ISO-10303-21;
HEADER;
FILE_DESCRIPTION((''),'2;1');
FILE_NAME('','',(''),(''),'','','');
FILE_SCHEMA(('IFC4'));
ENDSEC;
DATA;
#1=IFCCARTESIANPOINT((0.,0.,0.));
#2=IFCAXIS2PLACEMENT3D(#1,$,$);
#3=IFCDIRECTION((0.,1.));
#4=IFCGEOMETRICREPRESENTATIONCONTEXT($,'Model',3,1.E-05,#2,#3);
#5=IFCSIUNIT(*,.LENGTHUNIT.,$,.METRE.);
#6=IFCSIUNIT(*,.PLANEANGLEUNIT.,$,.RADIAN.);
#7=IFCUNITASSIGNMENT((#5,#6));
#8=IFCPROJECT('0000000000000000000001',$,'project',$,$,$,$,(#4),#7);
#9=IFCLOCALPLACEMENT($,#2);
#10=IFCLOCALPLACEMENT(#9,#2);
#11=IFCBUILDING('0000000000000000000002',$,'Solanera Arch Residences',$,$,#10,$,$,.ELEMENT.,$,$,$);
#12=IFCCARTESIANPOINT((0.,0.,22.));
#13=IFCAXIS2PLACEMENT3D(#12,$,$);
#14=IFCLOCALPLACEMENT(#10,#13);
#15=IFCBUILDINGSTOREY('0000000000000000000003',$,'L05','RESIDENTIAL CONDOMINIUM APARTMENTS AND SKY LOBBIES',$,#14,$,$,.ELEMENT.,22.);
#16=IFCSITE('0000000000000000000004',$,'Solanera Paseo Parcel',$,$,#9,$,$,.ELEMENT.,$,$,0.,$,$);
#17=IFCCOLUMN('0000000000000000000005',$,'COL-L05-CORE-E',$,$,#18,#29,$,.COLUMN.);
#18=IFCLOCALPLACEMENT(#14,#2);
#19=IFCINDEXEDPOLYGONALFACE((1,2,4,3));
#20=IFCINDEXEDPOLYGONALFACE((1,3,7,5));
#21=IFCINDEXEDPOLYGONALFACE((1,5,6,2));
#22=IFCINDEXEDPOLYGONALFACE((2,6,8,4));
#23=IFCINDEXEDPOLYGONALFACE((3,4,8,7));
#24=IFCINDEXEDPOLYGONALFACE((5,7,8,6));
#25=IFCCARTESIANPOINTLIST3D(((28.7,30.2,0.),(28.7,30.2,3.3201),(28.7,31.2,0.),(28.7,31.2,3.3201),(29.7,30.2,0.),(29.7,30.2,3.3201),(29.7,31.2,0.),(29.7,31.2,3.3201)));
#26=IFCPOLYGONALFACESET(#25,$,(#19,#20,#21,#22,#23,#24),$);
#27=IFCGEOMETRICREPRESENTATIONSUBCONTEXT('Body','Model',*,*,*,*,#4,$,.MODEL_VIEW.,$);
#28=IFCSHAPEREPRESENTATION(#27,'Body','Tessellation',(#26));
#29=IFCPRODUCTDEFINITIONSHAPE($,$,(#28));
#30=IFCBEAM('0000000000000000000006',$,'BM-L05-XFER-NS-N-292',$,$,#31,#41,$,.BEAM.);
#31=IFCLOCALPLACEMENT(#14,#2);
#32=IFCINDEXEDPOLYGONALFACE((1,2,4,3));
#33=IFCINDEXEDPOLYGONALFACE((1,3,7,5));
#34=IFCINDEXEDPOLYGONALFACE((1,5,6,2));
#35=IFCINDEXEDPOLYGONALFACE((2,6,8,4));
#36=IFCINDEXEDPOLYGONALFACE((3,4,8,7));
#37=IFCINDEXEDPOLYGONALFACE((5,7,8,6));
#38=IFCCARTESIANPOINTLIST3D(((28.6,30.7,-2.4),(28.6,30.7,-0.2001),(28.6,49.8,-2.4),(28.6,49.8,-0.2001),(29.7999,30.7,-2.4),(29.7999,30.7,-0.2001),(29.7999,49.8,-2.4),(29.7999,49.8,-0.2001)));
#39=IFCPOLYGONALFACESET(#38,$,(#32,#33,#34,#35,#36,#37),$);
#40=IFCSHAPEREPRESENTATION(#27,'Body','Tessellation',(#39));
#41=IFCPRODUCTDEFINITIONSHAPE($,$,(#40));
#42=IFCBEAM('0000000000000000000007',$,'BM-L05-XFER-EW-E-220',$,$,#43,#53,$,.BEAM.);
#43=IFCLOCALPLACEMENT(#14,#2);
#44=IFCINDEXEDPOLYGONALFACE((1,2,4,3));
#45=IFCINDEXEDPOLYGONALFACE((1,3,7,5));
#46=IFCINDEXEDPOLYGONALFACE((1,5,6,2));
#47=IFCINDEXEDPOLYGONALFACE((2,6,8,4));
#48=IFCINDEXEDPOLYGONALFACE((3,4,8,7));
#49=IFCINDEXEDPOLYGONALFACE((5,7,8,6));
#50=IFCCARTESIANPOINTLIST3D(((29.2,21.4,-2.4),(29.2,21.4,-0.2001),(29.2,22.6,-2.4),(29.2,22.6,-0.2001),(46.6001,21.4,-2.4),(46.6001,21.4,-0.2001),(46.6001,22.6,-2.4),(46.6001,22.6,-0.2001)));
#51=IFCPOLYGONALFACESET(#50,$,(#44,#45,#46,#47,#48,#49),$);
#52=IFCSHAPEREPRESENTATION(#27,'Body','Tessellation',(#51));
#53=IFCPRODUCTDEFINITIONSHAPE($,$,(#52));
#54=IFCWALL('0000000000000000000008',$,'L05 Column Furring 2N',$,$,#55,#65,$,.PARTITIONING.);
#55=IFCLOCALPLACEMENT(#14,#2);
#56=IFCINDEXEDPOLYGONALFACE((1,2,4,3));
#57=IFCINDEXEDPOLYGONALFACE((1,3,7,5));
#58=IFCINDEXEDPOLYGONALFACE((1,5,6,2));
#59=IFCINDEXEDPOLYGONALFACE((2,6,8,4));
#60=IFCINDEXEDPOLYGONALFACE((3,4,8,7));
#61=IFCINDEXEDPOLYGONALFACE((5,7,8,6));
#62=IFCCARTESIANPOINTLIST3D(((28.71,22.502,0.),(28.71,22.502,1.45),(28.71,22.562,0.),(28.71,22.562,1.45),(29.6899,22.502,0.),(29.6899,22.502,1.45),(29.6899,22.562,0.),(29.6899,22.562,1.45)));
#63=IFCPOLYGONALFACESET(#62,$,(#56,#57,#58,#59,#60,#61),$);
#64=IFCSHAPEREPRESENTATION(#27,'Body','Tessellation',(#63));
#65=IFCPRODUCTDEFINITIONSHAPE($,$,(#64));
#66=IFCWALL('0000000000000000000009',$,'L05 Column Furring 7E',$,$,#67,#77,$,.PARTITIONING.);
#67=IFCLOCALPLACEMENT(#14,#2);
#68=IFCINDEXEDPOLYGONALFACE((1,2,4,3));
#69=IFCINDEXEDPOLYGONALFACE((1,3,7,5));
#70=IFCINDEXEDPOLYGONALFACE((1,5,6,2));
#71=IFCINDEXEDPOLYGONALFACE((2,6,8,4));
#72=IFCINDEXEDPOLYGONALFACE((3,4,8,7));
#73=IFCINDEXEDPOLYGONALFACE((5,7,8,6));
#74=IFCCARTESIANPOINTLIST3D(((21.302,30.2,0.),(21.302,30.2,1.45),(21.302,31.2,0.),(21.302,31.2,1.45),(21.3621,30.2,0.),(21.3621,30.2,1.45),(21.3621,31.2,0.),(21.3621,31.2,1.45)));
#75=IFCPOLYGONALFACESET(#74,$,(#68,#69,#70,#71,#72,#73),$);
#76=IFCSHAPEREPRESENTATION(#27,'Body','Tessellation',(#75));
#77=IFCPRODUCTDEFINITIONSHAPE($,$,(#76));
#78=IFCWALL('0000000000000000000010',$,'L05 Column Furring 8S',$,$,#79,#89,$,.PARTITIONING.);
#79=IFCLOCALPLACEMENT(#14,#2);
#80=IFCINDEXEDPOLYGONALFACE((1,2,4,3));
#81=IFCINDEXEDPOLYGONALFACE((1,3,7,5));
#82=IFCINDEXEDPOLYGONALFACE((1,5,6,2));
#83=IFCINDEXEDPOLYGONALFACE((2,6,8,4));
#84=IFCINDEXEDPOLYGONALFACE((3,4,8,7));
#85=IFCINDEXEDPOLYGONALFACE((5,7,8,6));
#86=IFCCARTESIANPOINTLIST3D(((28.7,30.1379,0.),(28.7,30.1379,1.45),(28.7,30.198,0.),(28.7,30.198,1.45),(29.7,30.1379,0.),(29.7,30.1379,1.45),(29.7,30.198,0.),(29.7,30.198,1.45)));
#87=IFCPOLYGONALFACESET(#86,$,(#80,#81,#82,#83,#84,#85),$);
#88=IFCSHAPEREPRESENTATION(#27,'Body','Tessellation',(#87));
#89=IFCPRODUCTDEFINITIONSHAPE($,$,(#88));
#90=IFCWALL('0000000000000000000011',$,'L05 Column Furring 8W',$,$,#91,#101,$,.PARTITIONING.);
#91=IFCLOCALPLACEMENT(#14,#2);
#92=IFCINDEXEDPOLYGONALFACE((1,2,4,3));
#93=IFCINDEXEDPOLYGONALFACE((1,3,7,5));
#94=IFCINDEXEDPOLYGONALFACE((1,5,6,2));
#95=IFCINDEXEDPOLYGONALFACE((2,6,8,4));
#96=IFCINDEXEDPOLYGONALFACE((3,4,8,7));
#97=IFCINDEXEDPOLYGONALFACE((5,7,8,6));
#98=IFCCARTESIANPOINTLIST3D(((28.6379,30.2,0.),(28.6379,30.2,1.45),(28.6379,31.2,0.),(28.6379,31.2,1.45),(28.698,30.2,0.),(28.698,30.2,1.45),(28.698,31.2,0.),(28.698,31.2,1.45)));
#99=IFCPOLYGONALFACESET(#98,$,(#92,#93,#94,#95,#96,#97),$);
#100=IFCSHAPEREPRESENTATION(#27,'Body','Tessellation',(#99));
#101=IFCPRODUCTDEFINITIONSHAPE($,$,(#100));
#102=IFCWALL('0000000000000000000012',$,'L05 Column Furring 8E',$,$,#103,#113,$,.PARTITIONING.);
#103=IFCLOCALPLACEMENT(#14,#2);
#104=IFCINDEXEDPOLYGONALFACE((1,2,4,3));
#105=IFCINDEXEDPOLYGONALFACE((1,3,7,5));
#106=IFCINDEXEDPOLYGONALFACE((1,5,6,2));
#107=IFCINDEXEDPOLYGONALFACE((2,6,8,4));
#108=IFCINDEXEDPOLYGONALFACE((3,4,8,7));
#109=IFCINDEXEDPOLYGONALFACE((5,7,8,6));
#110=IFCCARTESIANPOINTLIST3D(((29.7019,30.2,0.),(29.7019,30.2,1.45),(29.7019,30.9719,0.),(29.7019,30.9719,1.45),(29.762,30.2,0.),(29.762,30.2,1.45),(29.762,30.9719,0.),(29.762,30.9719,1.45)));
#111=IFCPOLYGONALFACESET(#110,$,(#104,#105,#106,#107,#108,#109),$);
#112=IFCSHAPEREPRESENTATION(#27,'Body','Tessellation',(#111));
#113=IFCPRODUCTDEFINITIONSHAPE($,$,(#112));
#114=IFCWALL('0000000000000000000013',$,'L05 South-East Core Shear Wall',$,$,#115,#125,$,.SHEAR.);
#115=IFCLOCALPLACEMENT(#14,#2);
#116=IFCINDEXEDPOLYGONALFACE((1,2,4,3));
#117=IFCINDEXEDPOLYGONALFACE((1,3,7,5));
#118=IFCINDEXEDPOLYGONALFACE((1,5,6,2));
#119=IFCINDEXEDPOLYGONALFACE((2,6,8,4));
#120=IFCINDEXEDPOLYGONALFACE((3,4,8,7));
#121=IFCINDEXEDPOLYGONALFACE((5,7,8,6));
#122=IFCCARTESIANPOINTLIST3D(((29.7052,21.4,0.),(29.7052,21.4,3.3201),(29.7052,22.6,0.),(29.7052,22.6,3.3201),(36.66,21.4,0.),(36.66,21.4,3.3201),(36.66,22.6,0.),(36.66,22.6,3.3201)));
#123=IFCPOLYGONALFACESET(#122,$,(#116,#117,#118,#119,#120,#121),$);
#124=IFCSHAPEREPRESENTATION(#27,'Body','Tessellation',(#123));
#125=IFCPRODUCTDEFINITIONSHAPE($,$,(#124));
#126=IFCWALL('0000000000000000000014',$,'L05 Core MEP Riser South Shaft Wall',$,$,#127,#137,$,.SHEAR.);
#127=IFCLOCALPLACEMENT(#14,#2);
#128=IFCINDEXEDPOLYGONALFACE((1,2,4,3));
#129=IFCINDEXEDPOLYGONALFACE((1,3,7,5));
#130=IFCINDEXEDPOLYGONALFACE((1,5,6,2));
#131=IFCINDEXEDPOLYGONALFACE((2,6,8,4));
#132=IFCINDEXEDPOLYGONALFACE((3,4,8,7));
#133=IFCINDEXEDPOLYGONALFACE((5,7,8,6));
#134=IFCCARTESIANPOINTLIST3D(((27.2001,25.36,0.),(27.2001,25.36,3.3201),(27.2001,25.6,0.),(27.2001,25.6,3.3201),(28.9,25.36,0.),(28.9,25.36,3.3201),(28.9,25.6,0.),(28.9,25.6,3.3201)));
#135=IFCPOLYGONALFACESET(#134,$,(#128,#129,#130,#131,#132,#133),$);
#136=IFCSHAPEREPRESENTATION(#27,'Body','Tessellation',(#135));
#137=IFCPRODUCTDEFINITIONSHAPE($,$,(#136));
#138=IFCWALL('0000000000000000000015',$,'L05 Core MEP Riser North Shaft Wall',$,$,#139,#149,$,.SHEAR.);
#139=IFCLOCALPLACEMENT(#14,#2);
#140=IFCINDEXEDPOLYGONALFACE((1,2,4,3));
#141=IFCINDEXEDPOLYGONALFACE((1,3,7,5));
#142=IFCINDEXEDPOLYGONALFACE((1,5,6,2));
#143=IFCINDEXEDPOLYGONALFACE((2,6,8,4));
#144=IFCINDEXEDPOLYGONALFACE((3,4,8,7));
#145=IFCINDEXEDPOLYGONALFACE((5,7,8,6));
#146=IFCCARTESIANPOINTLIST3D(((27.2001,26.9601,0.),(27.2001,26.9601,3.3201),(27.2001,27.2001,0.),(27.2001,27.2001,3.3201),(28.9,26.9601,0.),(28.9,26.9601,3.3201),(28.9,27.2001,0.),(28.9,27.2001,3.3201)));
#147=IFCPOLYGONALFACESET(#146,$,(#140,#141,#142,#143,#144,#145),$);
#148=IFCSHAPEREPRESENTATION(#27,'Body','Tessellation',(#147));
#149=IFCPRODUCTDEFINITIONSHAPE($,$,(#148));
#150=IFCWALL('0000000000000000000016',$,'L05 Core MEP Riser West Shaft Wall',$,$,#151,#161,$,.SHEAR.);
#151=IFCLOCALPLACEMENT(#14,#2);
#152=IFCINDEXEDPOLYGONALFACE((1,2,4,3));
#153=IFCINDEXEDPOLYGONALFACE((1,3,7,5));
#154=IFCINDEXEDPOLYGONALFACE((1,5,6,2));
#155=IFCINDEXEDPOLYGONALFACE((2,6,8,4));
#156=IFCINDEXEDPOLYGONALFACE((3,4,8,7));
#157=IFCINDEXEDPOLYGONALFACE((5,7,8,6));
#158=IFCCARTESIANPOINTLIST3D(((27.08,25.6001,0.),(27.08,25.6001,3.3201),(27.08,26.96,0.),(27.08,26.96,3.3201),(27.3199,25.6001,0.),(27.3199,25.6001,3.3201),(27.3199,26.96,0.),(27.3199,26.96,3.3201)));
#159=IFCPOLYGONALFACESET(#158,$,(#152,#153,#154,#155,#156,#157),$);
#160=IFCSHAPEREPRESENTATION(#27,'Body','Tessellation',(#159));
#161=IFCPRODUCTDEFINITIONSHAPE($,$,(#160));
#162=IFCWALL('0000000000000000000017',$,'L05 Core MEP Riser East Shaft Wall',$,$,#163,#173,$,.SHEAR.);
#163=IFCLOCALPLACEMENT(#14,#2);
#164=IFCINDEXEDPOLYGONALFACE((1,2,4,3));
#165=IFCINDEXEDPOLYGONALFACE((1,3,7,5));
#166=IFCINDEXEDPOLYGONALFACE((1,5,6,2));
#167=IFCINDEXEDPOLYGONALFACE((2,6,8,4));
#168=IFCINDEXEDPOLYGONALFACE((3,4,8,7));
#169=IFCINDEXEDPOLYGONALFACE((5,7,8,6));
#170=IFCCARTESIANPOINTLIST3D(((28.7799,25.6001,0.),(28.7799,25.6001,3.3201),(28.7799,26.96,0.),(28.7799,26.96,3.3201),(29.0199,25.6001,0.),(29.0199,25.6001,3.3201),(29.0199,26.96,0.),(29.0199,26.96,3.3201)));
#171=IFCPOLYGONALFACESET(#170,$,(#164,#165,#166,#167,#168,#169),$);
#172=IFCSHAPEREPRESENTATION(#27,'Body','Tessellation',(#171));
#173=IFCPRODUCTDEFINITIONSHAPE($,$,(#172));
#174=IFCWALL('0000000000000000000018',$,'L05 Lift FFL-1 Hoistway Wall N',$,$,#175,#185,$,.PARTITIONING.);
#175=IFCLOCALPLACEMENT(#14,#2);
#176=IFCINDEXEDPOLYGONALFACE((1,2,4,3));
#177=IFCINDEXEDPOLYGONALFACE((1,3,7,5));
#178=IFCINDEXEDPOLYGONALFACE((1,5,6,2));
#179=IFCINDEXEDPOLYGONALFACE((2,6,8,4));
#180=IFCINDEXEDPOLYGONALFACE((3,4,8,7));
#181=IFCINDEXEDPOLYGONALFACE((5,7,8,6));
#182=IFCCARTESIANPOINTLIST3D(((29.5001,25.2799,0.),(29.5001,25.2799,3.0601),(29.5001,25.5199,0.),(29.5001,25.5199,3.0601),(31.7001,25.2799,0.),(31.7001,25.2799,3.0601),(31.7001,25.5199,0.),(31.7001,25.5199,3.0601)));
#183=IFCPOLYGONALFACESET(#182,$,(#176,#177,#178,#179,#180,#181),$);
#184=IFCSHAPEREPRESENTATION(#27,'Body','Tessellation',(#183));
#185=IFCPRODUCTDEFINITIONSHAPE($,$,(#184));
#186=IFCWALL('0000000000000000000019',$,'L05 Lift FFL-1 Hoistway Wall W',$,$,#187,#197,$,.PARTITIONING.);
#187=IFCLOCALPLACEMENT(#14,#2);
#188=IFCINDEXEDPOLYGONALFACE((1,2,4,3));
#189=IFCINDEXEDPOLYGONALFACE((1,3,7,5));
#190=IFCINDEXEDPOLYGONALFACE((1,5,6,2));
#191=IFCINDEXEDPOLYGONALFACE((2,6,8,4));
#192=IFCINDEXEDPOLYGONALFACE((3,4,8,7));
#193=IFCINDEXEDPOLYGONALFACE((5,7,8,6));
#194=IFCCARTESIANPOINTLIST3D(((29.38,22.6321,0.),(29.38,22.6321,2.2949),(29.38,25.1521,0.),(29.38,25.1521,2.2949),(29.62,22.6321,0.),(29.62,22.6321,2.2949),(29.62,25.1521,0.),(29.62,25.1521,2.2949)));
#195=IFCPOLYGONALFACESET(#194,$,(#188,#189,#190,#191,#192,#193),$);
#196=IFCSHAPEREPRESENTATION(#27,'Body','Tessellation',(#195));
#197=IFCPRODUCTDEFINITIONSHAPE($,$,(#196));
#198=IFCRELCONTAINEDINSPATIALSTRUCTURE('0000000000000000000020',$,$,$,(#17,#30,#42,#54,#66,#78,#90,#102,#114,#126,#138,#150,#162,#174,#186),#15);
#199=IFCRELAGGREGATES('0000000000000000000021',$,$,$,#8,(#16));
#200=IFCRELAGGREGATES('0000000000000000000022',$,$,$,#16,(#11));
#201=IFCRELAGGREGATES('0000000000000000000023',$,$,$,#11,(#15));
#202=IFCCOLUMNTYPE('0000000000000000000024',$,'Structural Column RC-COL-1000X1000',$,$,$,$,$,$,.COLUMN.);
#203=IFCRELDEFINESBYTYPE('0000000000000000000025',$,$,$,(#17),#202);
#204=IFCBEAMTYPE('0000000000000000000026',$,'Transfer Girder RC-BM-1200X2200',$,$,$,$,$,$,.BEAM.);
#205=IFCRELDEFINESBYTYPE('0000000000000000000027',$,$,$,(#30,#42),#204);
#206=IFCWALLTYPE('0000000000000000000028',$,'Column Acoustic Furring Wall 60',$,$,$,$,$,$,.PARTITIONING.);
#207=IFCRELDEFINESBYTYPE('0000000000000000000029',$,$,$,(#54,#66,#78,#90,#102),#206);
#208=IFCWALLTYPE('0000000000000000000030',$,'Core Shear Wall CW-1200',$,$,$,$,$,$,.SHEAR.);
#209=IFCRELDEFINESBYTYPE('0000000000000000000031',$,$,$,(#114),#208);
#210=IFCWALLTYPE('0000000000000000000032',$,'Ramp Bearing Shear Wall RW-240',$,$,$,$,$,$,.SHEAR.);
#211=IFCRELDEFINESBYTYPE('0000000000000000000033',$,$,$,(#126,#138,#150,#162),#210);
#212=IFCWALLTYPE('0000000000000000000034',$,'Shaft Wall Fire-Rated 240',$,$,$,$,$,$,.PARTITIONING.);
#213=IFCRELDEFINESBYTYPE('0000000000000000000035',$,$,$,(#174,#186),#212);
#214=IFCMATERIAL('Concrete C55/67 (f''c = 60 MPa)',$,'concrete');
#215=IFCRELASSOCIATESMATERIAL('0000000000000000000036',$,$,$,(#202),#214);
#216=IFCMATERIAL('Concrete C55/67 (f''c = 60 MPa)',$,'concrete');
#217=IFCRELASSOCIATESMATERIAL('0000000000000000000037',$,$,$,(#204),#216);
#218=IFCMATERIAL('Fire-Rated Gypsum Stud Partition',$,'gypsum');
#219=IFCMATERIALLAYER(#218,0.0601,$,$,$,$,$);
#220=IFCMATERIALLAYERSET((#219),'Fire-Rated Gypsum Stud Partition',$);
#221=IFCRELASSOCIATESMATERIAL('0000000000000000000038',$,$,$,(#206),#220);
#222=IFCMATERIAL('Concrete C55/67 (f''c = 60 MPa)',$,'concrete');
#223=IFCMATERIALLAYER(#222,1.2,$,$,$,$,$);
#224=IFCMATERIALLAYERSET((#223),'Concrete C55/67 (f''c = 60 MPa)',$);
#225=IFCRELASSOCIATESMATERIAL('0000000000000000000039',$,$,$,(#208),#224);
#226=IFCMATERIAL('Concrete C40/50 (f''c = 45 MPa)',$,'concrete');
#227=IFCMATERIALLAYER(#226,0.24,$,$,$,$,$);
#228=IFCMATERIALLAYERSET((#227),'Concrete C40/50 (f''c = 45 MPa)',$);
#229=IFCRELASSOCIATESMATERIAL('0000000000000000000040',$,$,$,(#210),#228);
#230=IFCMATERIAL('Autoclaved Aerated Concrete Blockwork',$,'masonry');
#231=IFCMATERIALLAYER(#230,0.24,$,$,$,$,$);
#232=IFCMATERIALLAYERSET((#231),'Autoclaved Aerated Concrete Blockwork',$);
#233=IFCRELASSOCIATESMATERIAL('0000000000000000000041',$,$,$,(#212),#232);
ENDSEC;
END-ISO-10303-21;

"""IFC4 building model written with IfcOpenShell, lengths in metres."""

from ifc_helpers import new_model, si_unit, direction, frame, frame_2d, origin, origin_2d, place, context, subcontext, project, spatial, rectangle, extrude, material, layer, layer_set, material_profile, profile_set, type_object, element, save


model = new_model("IFC4")

# Units and contexts
model_context = context("Model", 3, precision=1e-05, world=origin(), true_north=direction((0.0, 1.0)))
body_context = subcontext(model_context, "Body", "Model", "MODEL_VIEW")
ifc_project = project(units=[si_unit("LENGTHUNIT", "METRE"), si_unit("PLANEANGLEUNIT", "RADIAN")], contexts=[model_context])

# Site, building, storey
site_placement = place(None, origin())
site = spatial("IfcSite", under=ifc_project, at=site_placement, Name="Solanera Paseo Parcel", CompositionType="ELEMENT", RefElevation=0.0)
building_placement = place(site_placement, origin())
building = spatial("IfcBuilding", under=site, at=building_placement, Name="Solanera Arch Residences", CompositionType="ELEMENT")
storey_placement = place(building_placement, frame((0.0, 0.0, 22.0)))
storey = spatial("IfcBuildingStorey", under=building, at=storey_placement, Name="L05", Description="RESIDENTIAL CONDOMINIUM APARTMENTS AND SKY LOBBIES", CompositionType="ELEMENT", Elevation=22.0)

# Column
ifc_material_1 = material(Name="Concrete C55/67 (f'c = 60 MPa)", Category="concrete")
ifc_material_profile_1 = material_profile(ifc_material_1, rectangle(XDim=1.0, YDim=1.0, at=origin_2d()))
ifc_profile_set_1 = profile_set([ifc_material_profile_1], Name="Concrete C55/67 (f'c = 60 MPa)")
column_type = type_object("IfcColumnType", Name="Structural Column RC-COL-1000X1000", PredefinedType="COLUMN", material=ifc_profile_set_1)
column_placement = place(storey_placement, frame((29.2, 30.7, 0.0), z_axis=(0.0, 0.0, 1.0), x_axis=(1.0, 0.0, 0.0)))
element("IfcColumn", 1, at=column_placement, inside=storey, type_object=column_type, Name="COL-L05-CORE-E", PredefinedType="COLUMN", context=body_context, shape_type="SweptSolid", body=[
    extrude(rectangle(XDim=1.0, YDim=1.0, at=origin_2d()), origin(), (0.0, 0.0, 1.0), 3.3201),
])

# Beams
ifc_material_2 = material(Name="Concrete C55/67 (f'c = 60 MPa)", Category="concrete")
ifc_material_profile_2 = material_profile(ifc_material_2, rectangle(XDim=1.2, YDim=2.2, at=origin_2d()))
ifc_profile_set_2 = profile_set([ifc_material_profile_2], Name="Concrete C55/67 (f'c = 60 MPa)")
beam_type = type_object("IfcBeamType", Name="Transfer Girder RC-BM-1200X2200", PredefinedType="BEAM", material=ifc_profile_set_2)
beam_1_placement = place(storey_placement, frame((29.2, 30.7, -1.3), z_axis=(0.0, 1.0, 0.0), x_axis=(-1.0, 0.0, 0.0)))
element("IfcBeam", 2, at=beam_1_placement, inside=storey, type_object=beam_type, Name="BM-L05-XFER-NS-N-292", PredefinedType="BEAM", context=body_context, shape_type="SweptSolid", body=[
    extrude(rectangle(XDim=1.2, YDim=2.2, at=origin_2d()), origin(), (0.0, 0.0, 1.0), 19.1001),
])
beam_2_placement = place(storey_placement, frame((29.2, 22.0, -1.3), z_axis=(1.0, 0.0, 0.0), x_axis=(0.0, 1.0, 0.0)))
element("IfcBeam", 3, at=beam_2_placement, inside=storey, type_object=beam_type, Name="BM-L05-XFER-EW-E-220", PredefinedType="BEAM", context=body_context, shape_type="SweptSolid", body=[
    extrude(rectangle(XDim=1.2, YDim=2.2, at=origin_2d()), origin(), (0.0, 0.0, 1.0), 17.4001),
])

# Walls
ifc_material_3 = material(Name="Fire-Rated Gypsum Stud Partition", Category="gypsum")
ifc_layer_1 = layer(ifc_material_3, 0.0601)
ifc_layer_set_1 = layer_set([ifc_layer_1], Name="Fire-Rated Gypsum Stud Partition")
wall_type_1 = type_object("IfcWallType", Name="Column Acoustic Furring Wall 60", PredefinedType="PARTITIONING", material=ifc_layer_set_1)
wall_1_placement = place(storey_placement, frame((28.71, 22.532, 0.0), z_axis=(0.0, 0.0, 1.0), x_axis=(1.0, 0.0, 0.0)))
element("IfcWall", 4, at=wall_1_placement, inside=storey, type_object=wall_type_1, Name="L05 Column Furring 2N", PredefinedType="PARTITIONING", context=body_context, shape_type="SweptSolid", body=[
    extrude(rectangle(XDim=0.98, YDim=0.0601, at=frame_2d((0.49, 0.0))), origin(), (0.0, 0.0, 1.0), 1.45),
])
for number, where, z_axis, x_axis, name in (
    (5, (21.332, 30.2, 0.0), (0.0, 0.0, 1.0), (0.0, 1.0, 0.0), "L05 Column Furring 7E"),
    (6, (28.7, 30.168, 0.0), (0.0, 0.0, 1.0), (1.0, 0.0, 0.0), "L05 Column Furring 8S"),
    (7, (28.668, 30.2, 0.0), (0.0, 0.0, 1.0), (0.0, 1.0, 0.0), "L05 Column Furring 8W"),
):
    element("IfcWall", number, at=place(storey_placement, frame(where, z_axis=z_axis, x_axis=x_axis)), inside=storey, type_object=wall_type_1, Name=name, PredefinedType="PARTITIONING", context=body_context, shape_type="SweptSolid", body=[
        extrude(rectangle(XDim=1.0, YDim=0.0601, at=frame_2d((0.5, 0.0))), origin(), (0.0, 0.0, 1.0), 1.45),
    ])
wall_2_placement = place(storey_placement, frame((29.7319, 30.2, 0.0), z_axis=(0.0, 0.0, 1.0), x_axis=(0.0, 1.0, 0.0)))
element("IfcWall", 8, at=wall_2_placement, inside=storey, type_object=wall_type_1, Name="L05 Column Furring 8E", PredefinedType="PARTITIONING", context=body_context, shape_type="SweptSolid", body=[
    extrude(rectangle(XDim=0.772, YDim=0.0601, at=frame_2d((0.386, 0.0))), origin(), (0.0, 0.0, 1.0), 1.45),
])
ifc_material_4 = material(Name="Concrete C55/67 (f'c = 60 MPa)", Category="concrete")
ifc_layer_2 = layer(ifc_material_4, 1.2)
ifc_layer_set_2 = layer_set([ifc_layer_2], Name="Concrete C55/67 (f'c = 60 MPa)")
wall_type_2 = type_object("IfcWallType", Name="Core Shear Wall CW-1200", PredefinedType="SHEAR", material=ifc_layer_set_2)
wall_3_placement = place(storey_placement, frame((29.7051, 22.0, 0.0), z_axis=(0.0, 0.0, 1.0), x_axis=(1.0, 0.0, 0.0)))
element("IfcWall", 9, at=wall_3_placement, inside=storey, type_object=wall_type_2, Name="L05 South-East Core Shear Wall", PredefinedType="SHEAR", context=body_context, shape_type="SweptSolid", body=[
    extrude(rectangle(XDim=6.9548, YDim=1.2, at=frame_2d((3.4775, 0.0))), origin(), (0.0, 0.0, 1.0), 3.3201),
])
ifc_material_5 = material(Name="Concrete C40/50 (f'c = 45 MPa)", Category="concrete")
ifc_layer_3 = layer(ifc_material_5, 0.24)
ifc_layer_set_3 = layer_set([ifc_layer_3], Name="Concrete C40/50 (f'c = 45 MPa)")
wall_type_3 = type_object("IfcWallType", Name="Ramp Bearing Shear Wall RW-240", PredefinedType="SHEAR", material=ifc_layer_set_3)
for number, where, z_axis, x_axis, name in (
    (10, (27.2, 25.48, 0.0), (0.0, 0.0, 1.0), (1.0, 0.0, 0.0), "L05 Core MEP Riser South Shaft Wall"),
    (11, (27.2, 27.0801, 0.0), (0.0, 0.0, 1.0), (1.0, 0.0, 0.0), "L05 Core MEP Riser North Shaft Wall"),
):
    element("IfcWall", number, at=place(storey_placement, frame(where, z_axis=z_axis, x_axis=x_axis)), inside=storey, type_object=wall_type_3, Name=name, PredefinedType="SHEAR", context=body_context, shape_type="SweptSolid", body=[
        extrude(rectangle(XDim=1.7, YDim=0.24, at=frame_2d((0.8501, 0.0))), origin(), (0.0, 0.0, 1.0), 3.3201),
    ])
for number, where, z_axis, x_axis, name in (
    (12, (27.2, 25.6001, 0.0), (0.0, 0.0, 1.0), (0.0, 1.0, 0.0), "L05 Core MEP Riser West Shaft Wall"),
    (13, (28.8999, 25.6001, 0.0), (0.0, 0.0, 1.0), (0.0, 1.0, 0.0), "L05 Core MEP Riser East Shaft Wall"),
):
    element("IfcWall", number, at=place(storey_placement, frame(where, z_axis=z_axis, x_axis=x_axis)), inside=storey, type_object=wall_type_3, Name=name, PredefinedType="SHEAR", context=body_context, shape_type="SweptSolid", body=[
        extrude(rectangle(XDim=1.3599, YDim=0.24, at=frame_2d((0.6799, 0.0))), origin(), (0.0, 0.0, 1.0), 3.3201),
    ])
ifc_material_6 = material(Name="Autoclaved Aerated Concrete Blockwork", Category="masonry")
ifc_layer_4 = layer(ifc_material_6, 0.24)
ifc_layer_set_4 = layer_set([ifc_layer_4], Name="Autoclaved Aerated Concrete Blockwork")
wall_type_4 = type_object("IfcWallType", Name="Shaft Wall Fire-Rated 240", PredefinedType="PARTITIONING", material=ifc_layer_set_4)
wall_4_placement = place(storey_placement, frame((29.5, 25.3999, 0.0), z_axis=(0.0, 0.0, 1.0), x_axis=(1.0, 0.0, 0.0)))
element("IfcWall", 14, at=wall_4_placement, inside=storey, type_object=wall_type_4, Name="L05 Lift FFL-1 Hoistway Wall N", PredefinedType="PARTITIONING", context=body_context, shape_type="SweptSolid", body=[
    extrude(rectangle(XDim=2.2, YDim=0.24, at=frame_2d((1.1001, 0.0))), origin(), (0.0, 0.0, 1.0), 3.0601),
])
wall_5_placement = place(storey_placement, frame((29.5, 22.6321, 0.0), z_axis=(0.0, 0.0, 1.0), x_axis=(0.0, 1.0, 0.0)))
element("IfcWall", 15, at=wall_5_placement, inside=storey, type_object=wall_type_4, Name="L05 Lift FFL-1 Hoistway Wall W", PredefinedType="PARTITIONING", context=body_context, shape_type="SweptSolid", body=[
    extrude(rectangle(XDim=2.52, YDim=0.24, at=frame_2d((1.26, 0.0))), origin(), (0.0, 0.0, 1.0), 2.2949),
])

save(model, "model.ifc")
